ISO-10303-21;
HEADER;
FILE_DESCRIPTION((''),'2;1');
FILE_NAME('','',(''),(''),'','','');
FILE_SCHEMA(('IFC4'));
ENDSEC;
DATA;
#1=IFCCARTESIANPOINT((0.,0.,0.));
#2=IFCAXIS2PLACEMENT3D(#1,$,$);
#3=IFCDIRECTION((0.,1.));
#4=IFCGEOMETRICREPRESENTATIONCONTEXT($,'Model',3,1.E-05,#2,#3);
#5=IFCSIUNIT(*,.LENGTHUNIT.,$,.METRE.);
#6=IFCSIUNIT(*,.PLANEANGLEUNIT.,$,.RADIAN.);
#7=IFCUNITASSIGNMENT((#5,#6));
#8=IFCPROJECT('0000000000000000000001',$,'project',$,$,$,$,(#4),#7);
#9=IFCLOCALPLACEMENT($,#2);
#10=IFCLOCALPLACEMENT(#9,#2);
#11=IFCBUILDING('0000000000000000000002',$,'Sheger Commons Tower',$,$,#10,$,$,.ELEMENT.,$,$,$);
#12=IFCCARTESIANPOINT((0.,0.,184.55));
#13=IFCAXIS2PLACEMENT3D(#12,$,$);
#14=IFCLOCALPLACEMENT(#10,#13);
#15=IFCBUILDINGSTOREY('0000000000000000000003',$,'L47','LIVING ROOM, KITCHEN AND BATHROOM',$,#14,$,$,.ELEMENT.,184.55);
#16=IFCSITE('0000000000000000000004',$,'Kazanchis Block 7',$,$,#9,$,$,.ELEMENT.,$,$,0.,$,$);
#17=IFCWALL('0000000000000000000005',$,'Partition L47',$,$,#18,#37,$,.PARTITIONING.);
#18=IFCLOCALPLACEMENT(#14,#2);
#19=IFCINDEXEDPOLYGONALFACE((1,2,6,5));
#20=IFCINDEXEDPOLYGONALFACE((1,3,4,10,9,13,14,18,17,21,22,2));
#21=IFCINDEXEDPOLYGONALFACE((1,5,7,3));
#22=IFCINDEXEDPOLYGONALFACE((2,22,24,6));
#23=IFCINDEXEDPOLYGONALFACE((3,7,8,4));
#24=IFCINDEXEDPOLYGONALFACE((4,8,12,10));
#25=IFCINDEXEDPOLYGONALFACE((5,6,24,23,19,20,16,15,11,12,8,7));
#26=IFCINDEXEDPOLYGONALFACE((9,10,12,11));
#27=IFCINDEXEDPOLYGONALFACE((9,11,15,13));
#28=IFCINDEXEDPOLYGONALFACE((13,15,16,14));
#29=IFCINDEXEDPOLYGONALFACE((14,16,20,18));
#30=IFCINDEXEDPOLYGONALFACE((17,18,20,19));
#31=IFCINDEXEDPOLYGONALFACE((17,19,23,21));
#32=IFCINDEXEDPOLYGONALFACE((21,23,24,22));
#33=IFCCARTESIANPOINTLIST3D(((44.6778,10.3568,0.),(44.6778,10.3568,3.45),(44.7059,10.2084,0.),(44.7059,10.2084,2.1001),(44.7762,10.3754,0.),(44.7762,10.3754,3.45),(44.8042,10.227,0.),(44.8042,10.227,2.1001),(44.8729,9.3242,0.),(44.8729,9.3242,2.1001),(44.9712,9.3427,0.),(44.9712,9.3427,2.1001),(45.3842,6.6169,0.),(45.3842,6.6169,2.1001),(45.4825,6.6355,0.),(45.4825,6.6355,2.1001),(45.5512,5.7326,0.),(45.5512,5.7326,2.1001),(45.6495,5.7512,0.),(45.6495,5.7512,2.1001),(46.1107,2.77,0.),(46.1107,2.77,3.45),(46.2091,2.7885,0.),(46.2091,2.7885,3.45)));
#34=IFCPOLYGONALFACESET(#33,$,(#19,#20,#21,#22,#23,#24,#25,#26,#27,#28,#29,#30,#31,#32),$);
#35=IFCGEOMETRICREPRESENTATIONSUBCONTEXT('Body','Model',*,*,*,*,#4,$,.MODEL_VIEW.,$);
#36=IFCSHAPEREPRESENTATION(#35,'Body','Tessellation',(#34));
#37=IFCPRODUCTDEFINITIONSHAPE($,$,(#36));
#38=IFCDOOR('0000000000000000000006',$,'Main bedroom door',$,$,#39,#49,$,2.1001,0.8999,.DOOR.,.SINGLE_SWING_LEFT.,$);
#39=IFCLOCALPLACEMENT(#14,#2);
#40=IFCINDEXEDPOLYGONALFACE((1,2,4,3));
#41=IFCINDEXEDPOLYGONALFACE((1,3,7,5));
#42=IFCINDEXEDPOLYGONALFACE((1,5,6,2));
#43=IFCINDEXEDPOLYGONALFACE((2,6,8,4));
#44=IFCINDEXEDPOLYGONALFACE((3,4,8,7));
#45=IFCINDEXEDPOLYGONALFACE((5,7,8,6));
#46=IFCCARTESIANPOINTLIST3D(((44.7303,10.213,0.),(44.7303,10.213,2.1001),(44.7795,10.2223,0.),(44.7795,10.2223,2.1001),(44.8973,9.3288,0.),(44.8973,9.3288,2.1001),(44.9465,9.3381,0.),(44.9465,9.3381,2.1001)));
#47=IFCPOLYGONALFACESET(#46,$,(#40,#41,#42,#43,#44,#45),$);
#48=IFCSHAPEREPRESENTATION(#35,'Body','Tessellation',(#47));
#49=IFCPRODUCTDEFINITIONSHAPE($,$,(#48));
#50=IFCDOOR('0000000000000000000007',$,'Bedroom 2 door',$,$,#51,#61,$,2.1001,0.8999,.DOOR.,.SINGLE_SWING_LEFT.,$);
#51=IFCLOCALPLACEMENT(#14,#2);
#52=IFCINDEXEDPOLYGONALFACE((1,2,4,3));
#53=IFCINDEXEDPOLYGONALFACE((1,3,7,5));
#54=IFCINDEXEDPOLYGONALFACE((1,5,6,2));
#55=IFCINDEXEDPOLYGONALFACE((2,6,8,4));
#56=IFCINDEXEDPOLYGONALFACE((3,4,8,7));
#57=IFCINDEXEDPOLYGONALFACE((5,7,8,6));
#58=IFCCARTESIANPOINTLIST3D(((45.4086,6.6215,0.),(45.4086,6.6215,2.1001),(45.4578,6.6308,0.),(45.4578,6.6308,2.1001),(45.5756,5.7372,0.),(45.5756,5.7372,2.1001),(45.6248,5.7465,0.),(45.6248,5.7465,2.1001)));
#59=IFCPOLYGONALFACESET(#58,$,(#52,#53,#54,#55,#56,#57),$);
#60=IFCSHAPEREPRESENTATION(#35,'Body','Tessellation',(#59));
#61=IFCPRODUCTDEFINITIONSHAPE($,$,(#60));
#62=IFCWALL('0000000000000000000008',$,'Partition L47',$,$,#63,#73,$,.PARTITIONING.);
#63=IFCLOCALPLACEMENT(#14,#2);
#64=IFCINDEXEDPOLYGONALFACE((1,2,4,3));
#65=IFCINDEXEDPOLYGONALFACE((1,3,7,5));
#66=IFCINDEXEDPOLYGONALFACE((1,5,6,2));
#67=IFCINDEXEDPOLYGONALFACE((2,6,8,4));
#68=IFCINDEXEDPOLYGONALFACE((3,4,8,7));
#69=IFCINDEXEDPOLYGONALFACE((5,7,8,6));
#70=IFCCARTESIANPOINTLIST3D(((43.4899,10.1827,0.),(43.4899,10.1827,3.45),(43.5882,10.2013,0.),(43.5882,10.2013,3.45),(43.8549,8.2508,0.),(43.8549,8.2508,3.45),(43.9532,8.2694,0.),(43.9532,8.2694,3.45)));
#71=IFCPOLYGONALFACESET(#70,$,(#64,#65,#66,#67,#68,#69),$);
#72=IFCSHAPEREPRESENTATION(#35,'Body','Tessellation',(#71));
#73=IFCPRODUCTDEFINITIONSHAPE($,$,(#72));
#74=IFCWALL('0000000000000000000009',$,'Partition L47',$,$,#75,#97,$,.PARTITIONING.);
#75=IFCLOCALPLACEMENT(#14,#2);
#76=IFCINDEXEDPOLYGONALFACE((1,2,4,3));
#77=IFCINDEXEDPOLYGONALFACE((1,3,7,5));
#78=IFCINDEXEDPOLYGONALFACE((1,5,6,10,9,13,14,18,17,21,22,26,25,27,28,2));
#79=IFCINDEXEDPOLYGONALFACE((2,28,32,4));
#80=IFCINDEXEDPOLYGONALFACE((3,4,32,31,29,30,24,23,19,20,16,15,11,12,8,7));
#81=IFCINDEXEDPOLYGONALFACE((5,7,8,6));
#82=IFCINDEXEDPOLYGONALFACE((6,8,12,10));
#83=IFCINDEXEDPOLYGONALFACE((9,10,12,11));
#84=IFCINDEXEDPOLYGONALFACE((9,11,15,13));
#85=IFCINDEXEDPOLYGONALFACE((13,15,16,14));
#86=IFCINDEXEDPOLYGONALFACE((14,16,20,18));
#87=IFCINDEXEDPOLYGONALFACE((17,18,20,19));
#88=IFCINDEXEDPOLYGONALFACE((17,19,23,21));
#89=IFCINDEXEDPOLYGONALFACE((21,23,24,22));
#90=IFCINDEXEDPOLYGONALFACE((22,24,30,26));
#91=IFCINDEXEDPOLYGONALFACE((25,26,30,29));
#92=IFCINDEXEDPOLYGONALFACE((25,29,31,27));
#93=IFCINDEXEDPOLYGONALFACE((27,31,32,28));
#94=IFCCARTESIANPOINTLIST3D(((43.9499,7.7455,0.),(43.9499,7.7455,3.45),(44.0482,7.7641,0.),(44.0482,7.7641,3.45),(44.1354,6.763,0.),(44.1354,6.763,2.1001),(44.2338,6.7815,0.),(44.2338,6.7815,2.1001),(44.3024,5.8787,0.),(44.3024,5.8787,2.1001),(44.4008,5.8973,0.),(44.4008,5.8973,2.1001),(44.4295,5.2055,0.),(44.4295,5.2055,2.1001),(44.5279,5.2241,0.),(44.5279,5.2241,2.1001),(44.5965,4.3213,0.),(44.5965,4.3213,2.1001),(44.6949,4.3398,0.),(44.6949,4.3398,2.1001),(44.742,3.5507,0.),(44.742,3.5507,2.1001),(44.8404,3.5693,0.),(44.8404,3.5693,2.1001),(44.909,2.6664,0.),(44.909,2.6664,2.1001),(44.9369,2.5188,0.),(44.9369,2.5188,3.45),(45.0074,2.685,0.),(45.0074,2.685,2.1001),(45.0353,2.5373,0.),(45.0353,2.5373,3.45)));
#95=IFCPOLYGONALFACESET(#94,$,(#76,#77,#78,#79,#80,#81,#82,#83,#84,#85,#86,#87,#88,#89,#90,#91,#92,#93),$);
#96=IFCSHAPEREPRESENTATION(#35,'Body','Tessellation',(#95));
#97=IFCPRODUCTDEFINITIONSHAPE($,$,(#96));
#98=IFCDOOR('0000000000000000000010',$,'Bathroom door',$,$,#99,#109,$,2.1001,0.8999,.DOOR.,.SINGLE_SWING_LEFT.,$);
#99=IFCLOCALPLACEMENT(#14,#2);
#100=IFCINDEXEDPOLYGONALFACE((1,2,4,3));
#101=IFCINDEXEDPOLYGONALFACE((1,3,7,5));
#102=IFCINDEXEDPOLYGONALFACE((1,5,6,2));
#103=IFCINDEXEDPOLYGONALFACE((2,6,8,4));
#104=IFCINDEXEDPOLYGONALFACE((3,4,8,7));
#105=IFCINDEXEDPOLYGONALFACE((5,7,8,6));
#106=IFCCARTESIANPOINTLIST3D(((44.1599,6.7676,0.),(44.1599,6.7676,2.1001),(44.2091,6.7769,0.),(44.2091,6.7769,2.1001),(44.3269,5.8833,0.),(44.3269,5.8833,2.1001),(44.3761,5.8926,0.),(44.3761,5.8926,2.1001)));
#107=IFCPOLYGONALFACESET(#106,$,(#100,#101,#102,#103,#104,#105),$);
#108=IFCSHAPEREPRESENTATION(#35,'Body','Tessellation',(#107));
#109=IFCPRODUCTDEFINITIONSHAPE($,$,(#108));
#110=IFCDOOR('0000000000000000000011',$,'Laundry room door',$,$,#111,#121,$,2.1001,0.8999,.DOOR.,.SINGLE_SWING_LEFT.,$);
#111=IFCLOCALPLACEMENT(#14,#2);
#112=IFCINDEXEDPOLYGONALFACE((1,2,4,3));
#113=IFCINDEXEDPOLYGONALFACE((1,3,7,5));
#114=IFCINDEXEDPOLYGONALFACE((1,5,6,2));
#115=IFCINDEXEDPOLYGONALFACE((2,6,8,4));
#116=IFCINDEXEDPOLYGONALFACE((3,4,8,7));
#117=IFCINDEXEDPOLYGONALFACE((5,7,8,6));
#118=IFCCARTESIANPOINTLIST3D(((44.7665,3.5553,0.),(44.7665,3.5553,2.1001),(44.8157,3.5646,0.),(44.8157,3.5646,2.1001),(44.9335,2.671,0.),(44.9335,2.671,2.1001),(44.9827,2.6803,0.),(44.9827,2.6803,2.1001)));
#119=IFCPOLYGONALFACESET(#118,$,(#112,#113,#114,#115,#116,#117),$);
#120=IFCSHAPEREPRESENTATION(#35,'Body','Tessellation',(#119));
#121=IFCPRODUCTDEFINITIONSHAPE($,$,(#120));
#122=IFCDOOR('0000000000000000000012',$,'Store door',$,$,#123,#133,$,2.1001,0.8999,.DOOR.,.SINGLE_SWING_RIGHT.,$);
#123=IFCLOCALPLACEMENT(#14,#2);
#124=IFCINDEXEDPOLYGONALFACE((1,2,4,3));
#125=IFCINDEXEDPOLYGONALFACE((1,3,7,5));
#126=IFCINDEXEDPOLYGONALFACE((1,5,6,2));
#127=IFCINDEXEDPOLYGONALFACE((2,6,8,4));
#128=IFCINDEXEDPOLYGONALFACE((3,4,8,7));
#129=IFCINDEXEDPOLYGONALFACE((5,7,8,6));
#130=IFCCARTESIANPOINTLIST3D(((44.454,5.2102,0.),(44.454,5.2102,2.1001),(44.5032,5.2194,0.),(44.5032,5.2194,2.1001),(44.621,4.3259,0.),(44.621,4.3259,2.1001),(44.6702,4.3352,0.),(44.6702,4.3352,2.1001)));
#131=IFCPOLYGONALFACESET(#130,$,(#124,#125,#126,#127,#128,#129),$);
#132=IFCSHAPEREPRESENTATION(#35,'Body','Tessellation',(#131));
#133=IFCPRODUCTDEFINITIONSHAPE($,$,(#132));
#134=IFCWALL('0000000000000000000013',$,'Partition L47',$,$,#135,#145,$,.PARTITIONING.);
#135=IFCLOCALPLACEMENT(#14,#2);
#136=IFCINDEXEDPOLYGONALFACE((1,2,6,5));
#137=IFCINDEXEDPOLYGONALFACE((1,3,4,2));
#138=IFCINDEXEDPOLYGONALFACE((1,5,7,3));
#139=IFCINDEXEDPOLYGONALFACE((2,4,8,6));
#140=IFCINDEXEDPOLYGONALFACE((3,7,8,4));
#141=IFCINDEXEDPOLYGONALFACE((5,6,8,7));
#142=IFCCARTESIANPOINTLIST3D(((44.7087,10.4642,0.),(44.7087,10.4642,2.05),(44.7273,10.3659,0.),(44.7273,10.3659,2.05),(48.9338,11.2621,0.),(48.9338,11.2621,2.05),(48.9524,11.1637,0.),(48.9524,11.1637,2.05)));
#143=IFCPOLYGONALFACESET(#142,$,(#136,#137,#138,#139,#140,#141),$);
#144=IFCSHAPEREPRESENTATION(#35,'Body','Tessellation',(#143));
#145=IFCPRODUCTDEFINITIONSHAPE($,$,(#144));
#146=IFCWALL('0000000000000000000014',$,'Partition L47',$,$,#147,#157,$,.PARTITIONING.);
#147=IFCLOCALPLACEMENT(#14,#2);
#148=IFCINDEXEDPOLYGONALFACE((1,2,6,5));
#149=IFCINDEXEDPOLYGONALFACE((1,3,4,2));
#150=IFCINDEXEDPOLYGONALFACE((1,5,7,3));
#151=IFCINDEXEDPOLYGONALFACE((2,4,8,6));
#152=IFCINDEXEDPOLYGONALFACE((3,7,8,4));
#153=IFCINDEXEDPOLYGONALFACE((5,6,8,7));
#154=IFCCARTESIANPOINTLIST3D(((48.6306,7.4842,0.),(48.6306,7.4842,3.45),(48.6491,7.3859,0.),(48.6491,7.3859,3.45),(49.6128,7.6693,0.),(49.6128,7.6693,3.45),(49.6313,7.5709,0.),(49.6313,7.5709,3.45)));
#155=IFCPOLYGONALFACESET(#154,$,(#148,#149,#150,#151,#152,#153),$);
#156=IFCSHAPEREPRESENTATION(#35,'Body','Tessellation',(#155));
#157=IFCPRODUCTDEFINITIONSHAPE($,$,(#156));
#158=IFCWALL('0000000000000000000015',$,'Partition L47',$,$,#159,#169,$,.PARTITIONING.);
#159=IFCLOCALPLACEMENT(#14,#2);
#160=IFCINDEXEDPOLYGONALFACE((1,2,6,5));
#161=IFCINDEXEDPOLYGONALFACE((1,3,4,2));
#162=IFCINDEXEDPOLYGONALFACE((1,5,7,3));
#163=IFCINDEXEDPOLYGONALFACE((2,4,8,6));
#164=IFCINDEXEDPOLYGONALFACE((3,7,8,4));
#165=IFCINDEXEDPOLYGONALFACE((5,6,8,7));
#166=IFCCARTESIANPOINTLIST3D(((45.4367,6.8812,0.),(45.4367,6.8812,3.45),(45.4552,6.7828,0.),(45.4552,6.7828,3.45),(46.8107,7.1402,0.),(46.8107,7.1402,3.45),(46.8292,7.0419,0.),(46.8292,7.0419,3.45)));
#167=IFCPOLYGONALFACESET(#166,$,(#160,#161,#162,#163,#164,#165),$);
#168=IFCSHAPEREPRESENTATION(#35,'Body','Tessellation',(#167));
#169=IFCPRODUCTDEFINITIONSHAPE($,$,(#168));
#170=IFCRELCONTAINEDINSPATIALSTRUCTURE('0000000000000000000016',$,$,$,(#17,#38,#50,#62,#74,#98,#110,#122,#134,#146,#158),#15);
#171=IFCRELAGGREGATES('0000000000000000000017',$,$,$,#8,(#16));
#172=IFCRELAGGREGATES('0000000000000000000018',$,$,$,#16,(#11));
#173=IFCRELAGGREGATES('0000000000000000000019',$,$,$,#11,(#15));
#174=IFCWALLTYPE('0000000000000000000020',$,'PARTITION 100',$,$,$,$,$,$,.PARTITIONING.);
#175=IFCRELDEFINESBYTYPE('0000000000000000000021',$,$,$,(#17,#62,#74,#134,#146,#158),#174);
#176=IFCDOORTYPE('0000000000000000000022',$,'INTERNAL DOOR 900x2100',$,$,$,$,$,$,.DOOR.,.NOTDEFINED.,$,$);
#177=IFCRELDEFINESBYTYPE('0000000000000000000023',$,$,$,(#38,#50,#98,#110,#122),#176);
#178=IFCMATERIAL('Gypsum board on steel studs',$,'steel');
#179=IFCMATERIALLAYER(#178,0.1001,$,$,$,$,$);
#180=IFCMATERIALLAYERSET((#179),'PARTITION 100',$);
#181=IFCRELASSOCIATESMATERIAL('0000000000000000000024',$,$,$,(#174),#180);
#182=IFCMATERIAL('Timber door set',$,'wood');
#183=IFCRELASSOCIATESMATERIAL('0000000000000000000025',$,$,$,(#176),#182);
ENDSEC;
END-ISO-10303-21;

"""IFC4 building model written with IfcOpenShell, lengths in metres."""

from ifc_helpers import new_model, si_unit, direction, frame, frame_2d, origin, place, context, subcontext, project, spatial, rectangle, extrude, material, layer, layer_set, type_object, element, fill, save


model = new_model("IFC4")

# Units and contexts
model_context = context("Model", 3, precision=1e-05, world=origin(), true_north=direction((0.0, 1.0)))
body_context = subcontext(model_context, "Body", "Model", "MODEL_VIEW")
ifc_project = project(units=[si_unit("LENGTHUNIT", "METRE"), si_unit("PLANEANGLEUNIT", "RADIAN")], contexts=[model_context])

# Site, building, storey
site_placement = place(None, origin())
site = spatial("IfcSite", under=ifc_project, at=site_placement, Name="Kazanchis Block 7", CompositionType="ELEMENT", RefElevation=0.0)
building_placement = place(site_placement, origin())
building = spatial("IfcBuilding", under=site, at=building_placement, Name="Sheger Commons Tower", CompositionType="ELEMENT")
storey_placement = place(building_placement, frame((0.0, 0.0, 184.55)))
storey = spatial("IfcBuildingStorey", under=building, at=storey_placement, Name="L47", Description="LIVING ROOM, KITCHEN AND BATHROOM", CompositionType="ELEMENT", Elevation=184.55)

# Wall, openings, doors
ifc_material_1 = material(Name="Gypsum board on steel studs", Category="steel")
ifc_layer_1 = layer(ifc_material_1, 0.1001)
ifc_layer_set_1 = layer_set([ifc_layer_1], Name="PARTITION 100")
wall_type_1 = type_object("IfcWallType", Name="PARTITION 100", PredefinedType="PARTITIONING", material=ifc_layer_set_1)
wall_1_placement = place(storey_placement, frame((44.7271, 10.366, 0.0), z_axis=(0.0, 0.0, 1.0), x_axis=(0.185579, -0.982629, 0.0)))
wall_1 = element("IfcWall", 1, at=wall_1_placement, inside=storey, type_object=wall_type_1, Name="Partition L47", PredefinedType="PARTITIONING", context=body_context, shape_type="SweptSolid", body=[
    extrude(rectangle(XDim=7.7209, YDim=0.1001, at=frame_2d((3.8604, 0.0))), origin(), (0.0, 0.0, 1.0), 3.45),
])
opening_1_placement = place(wall_1_placement, frame((0.1509, 0.0, 0.0)))
opening_1 = element("IfcOpeningElement", 2, at=opening_1_placement, cuts=wall_1, PredefinedType="OPENING", context=body_context, shape_type="SweptSolid", body=[
    extrude(rectangle(XDim=0.8999, YDim=2.1001, at=frame_2d((0.45, 1.05))), frame((0.0, 0.0601, 0.0), z_axis=(0.0, -1.0, 0.0), x_axis=(1.0, 0.0, 0.0)), (0.0, 0.0, 1.0), 0.1201),
])
opening_2_placement = place(wall_1_placement, frame((3.8059, 0.0, 0.0)))
opening_2 = element("IfcOpeningElement", 3, at=opening_2_placement, cuts=wall_1, PredefinedType="OPENING", context=body_context, shape_type="SweptSolid", body=[
    extrude(rectangle(XDim=0.8999, YDim=2.1001, at=frame_2d((0.45, 1.05))), frame((0.0, 0.0601, 0.0), z_axis=(0.0, -1.0, 0.0), x_axis=(1.0, 0.0, 0.0)), (0.0, 0.0, 1.0), 0.1201),
])
ifc_material_2 = material(Name="Timber door set", Category="wood")
door_type_1 = type_object("IfcDoorType", Name="INTERNAL DOOR 900x2100", OperationType="NOTDEFINED", PredefinedType="DOOR", material=ifc_material_2)
door_1_placement = place(opening_1_placement, origin())
door_1 = element("IfcDoor", 4, at=door_1_placement, inside=storey, type_object=door_type_1, Name="Main bedroom door", OperationType="SINGLE_SWING_LEFT", OverallHeight=2.1001, OverallWidth=0.8999, PredefinedType="DOOR", context=body_context, shape_type="SweptSolid", body=[
    extrude(rectangle(XDim=0.8999, YDim=2.1001, at=frame_2d((0.45, 1.05))), frame((0.0, 0.0249, 0.0), z_axis=(0.0, -1.0, 0.0), x_axis=(1.0, 0.0, 0.0)), (0.0, 0.0, 1.0), 0.05),
])
fill(opening_1, door_1)
door_2_placement = place(opening_2_placement, origin())
door_2 = element("IfcDoor", 5, at=door_2_placement, inside=storey, type_object=door_type_1, Name="Bedroom 2 door", OperationType="SINGLE_SWING_LEFT", OverallHeight=2.1001, OverallWidth=0.8999, PredefinedType="DOOR", context=body_context, shape_type="SweptSolid", body=[
    extrude(rectangle(XDim=0.8999, YDim=2.1001, at=frame_2d((0.45, 1.05))), frame((0.0, 0.0249, 0.0), z_axis=(0.0, -1.0, 0.0), x_axis=(1.0, 0.0, 0.0)), (0.0, 0.0, 1.0), 0.05),
])
fill(opening_2, door_2)

# Wall
wall_2_placement = place(storey_placement, frame((43.5391, 10.1919, 0.0), z_axis=(0.0, 0.0, 1.0), x_axis=(0.185645, -0.982617, 0.0)))
element("IfcWall", 6, at=wall_2_placement, inside=storey, type_object=wall_type_1, Name="Partition L47", PredefinedType="PARTITIONING", context=body_context, shape_type="SweptSolid", body=[
    extrude(rectangle(XDim=1.9661, YDim=0.1001, at=frame_2d((0.9829, 0.0))), origin(), (0.0, 0.0, 1.0), 3.45),
])

# Wall, openings, doors
wall_3_placement = place(storey_placement, frame((43.999, 7.7549, 0.0), z_axis=(0.0, 0.0, 1.0), x_axis=(0.185566, -0.982632, 0.0)))
wall_3 = element("IfcWall", 7, at=wall_3_placement, inside=storey, type_object=wall_type_1, Name="Partition L47", PredefinedType="PARTITIONING", context=body_context, shape_type="SweptSolid", body=[
    extrude(rectangle(XDim=5.3191, YDim=0.1001, at=frame_2d((2.6597, 0.0))), origin(), (0.0, 0.0, 1.0), 3.45),
])
opening_3_placement = place(wall_3_placement, frame((1.0, 0.0, 0.0)))
opening_3 = element("IfcOpeningElement", 8, at=opening_3_placement, cuts=wall_3, PredefinedType="OPENING", context=body_context, shape_type="SweptSolid", body=[
    extrude(rectangle(XDim=0.8999, YDim=2.1001, at=frame_2d((0.45, 1.05))), frame((0.0, 0.0601, 0.0), z_axis=(0.0, -1.0, 0.0), x_axis=(1.0, 0.0, 0.0)), (0.0, 0.0, 1.0), 0.1201),
])
opening_4_placement = place(wall_3_placement, frame((4.269, 0.0, 0.0)))
opening_4 = element("IfcOpeningElement", 9, at=opening_4_placement, cuts=wall_3, PredefinedType="OPENING", context=body_context, shape_type="SweptSolid", body=[
    extrude(rectangle(XDim=0.8999, YDim=2.1001, at=frame_2d((0.45, 1.05))), frame((0.0, 0.0601, 0.0), z_axis=(0.0, -1.0, 0.0), x_axis=(1.0, 0.0, 0.0)), (0.0, 0.0, 1.0), 0.1201),
])
opening_5_placement = place(wall_3_placement, frame((2.585, 0.0, 0.0)))
opening_5 = element("IfcOpeningElement", 10, at=opening_5_placement, cuts=wall_3, PredefinedType="OPENING", context=body_context, shape_type="SweptSolid", body=[
    extrude(rectangle(XDim=0.8999, YDim=2.1001, at=frame_2d((0.45, 1.05))), frame((0.0, 0.0601, 0.0), z_axis=(0.0, -1.0, 0.0), x_axis=(1.0, 0.0, 0.0)), (0.0, 0.0, 1.0), 0.1201),
])
door_3_placement = place(opening_3_placement, origin())
door_3 = element("IfcDoor", 11, at=door_3_placement, inside=storey, type_object=door_type_1, Name="Bathroom door", OperationType="SINGLE_SWING_LEFT", OverallHeight=2.1001, OverallWidth=0.8999, PredefinedType="DOOR", context=body_context, shape_type="SweptSolid", body=[
    extrude(rectangle(XDim=0.8999, YDim=2.1001, at=frame_2d((0.45, 1.05))), frame((0.0, 0.0249, 0.0), z_axis=(0.0, -1.0, 0.0), x_axis=(1.0, 0.0, 0.0)), (0.0, 0.0, 1.0), 0.05),
])
fill(opening_3, door_3)
door_4_placement = place(opening_4_placement, origin())
door_4 = element("IfcDoor", 12, at=door_4_placement, inside=storey, type_object=door_type_1, Name="Laundry room door", OperationType="SINGLE_SWING_LEFT", OverallHeight=2.1001, OverallWidth=0.8999, PredefinedType="DOOR", context=body_context, shape_type="SweptSolid", body=[
    extrude(rectangle(XDim=0.8999, YDim=2.1001, at=frame_2d((0.45, 1.05))), frame((0.0, 0.0249, 0.0), z_axis=(0.0, -1.0, 0.0), x_axis=(1.0, 0.0, 0.0)), (0.0, 0.0, 1.0), 0.05),
])
fill(opening_4, door_4)
door_5_placement = place(opening_5_placement, origin())
door_5 = element("IfcDoor", 13, at=door_5_placement, inside=storey, type_object=door_type_1, Name="Store door", OperationType="SINGLE_SWING_RIGHT", OverallHeight=2.1001, OverallWidth=0.8999, PredefinedType="DOOR", context=body_context, shape_type="SweptSolid", body=[
    extrude(rectangle(XDim=0.8999, YDim=2.1001, at=frame_2d((0.45, 1.05))), frame((0.0, 0.0249, 0.0), z_axis=(0.0, -1.0, 0.0), x_axis=(1.0, 0.0, 0.0)), (0.0, 0.0, 1.0), 0.05),
])
fill(opening_5, door_5)

# Walls
wall_4_placement = place(storey_placement, frame((48.9431, 11.2129, 0.0), z_axis=(0.0, 0.0, 1.0), x_axis=(-0.982634, -0.185557, 0.0)))
element("IfcWall", 14, at=wall_4_placement, inside=storey, type_object=wall_type_1, Name="Partition L47", PredefinedType="PARTITIONING", context=body_context, shape_type="SweptSolid", body=[
    extrude(rectangle(XDim=4.2998, YDim=0.1001, at=frame_2d((2.1499, 0.0))), origin(), (0.0, 0.0, 1.0), 2.05),
])
wall_5_placement = place(storey_placement, frame((49.6221, 7.6201, 0.0), z_axis=(0.0, 0.0, 1.0), x_axis=(-0.982709, -0.185159, 0.0)))
element("IfcWall", 15, at=wall_5_placement, inside=storey, type_object=wall_type_1, Name="Partition L47", PredefinedType="PARTITIONING", context=body_context, shape_type="SweptSolid", body=[
    extrude(rectangle(XDim=0.9995, YDim=0.1001, at=frame_2d((0.4998, 0.0))), origin(), (0.0, 0.0, 1.0), 3.45),
])
wall_6_placement = place(storey_placement, frame((46.8201, 7.0911, 0.0), z_axis=(0.0, 0.0, 1.0), x_axis=(-0.98269, -0.185258, 0.0)))
element("IfcWall", 16, at=wall_6_placement, inside=storey, type_object=wall_type_1, Name="Partition L47", PredefinedType="PARTITIONING", context=body_context, shape_type="SweptSolid", body=[
    extrude(rectangle(XDim=1.3982, YDim=0.1001, at=frame_2d((0.6992, 0.0))), origin(), (0.0, 0.0, 1.0), 3.45),
])

save(model, "model.ifc")
